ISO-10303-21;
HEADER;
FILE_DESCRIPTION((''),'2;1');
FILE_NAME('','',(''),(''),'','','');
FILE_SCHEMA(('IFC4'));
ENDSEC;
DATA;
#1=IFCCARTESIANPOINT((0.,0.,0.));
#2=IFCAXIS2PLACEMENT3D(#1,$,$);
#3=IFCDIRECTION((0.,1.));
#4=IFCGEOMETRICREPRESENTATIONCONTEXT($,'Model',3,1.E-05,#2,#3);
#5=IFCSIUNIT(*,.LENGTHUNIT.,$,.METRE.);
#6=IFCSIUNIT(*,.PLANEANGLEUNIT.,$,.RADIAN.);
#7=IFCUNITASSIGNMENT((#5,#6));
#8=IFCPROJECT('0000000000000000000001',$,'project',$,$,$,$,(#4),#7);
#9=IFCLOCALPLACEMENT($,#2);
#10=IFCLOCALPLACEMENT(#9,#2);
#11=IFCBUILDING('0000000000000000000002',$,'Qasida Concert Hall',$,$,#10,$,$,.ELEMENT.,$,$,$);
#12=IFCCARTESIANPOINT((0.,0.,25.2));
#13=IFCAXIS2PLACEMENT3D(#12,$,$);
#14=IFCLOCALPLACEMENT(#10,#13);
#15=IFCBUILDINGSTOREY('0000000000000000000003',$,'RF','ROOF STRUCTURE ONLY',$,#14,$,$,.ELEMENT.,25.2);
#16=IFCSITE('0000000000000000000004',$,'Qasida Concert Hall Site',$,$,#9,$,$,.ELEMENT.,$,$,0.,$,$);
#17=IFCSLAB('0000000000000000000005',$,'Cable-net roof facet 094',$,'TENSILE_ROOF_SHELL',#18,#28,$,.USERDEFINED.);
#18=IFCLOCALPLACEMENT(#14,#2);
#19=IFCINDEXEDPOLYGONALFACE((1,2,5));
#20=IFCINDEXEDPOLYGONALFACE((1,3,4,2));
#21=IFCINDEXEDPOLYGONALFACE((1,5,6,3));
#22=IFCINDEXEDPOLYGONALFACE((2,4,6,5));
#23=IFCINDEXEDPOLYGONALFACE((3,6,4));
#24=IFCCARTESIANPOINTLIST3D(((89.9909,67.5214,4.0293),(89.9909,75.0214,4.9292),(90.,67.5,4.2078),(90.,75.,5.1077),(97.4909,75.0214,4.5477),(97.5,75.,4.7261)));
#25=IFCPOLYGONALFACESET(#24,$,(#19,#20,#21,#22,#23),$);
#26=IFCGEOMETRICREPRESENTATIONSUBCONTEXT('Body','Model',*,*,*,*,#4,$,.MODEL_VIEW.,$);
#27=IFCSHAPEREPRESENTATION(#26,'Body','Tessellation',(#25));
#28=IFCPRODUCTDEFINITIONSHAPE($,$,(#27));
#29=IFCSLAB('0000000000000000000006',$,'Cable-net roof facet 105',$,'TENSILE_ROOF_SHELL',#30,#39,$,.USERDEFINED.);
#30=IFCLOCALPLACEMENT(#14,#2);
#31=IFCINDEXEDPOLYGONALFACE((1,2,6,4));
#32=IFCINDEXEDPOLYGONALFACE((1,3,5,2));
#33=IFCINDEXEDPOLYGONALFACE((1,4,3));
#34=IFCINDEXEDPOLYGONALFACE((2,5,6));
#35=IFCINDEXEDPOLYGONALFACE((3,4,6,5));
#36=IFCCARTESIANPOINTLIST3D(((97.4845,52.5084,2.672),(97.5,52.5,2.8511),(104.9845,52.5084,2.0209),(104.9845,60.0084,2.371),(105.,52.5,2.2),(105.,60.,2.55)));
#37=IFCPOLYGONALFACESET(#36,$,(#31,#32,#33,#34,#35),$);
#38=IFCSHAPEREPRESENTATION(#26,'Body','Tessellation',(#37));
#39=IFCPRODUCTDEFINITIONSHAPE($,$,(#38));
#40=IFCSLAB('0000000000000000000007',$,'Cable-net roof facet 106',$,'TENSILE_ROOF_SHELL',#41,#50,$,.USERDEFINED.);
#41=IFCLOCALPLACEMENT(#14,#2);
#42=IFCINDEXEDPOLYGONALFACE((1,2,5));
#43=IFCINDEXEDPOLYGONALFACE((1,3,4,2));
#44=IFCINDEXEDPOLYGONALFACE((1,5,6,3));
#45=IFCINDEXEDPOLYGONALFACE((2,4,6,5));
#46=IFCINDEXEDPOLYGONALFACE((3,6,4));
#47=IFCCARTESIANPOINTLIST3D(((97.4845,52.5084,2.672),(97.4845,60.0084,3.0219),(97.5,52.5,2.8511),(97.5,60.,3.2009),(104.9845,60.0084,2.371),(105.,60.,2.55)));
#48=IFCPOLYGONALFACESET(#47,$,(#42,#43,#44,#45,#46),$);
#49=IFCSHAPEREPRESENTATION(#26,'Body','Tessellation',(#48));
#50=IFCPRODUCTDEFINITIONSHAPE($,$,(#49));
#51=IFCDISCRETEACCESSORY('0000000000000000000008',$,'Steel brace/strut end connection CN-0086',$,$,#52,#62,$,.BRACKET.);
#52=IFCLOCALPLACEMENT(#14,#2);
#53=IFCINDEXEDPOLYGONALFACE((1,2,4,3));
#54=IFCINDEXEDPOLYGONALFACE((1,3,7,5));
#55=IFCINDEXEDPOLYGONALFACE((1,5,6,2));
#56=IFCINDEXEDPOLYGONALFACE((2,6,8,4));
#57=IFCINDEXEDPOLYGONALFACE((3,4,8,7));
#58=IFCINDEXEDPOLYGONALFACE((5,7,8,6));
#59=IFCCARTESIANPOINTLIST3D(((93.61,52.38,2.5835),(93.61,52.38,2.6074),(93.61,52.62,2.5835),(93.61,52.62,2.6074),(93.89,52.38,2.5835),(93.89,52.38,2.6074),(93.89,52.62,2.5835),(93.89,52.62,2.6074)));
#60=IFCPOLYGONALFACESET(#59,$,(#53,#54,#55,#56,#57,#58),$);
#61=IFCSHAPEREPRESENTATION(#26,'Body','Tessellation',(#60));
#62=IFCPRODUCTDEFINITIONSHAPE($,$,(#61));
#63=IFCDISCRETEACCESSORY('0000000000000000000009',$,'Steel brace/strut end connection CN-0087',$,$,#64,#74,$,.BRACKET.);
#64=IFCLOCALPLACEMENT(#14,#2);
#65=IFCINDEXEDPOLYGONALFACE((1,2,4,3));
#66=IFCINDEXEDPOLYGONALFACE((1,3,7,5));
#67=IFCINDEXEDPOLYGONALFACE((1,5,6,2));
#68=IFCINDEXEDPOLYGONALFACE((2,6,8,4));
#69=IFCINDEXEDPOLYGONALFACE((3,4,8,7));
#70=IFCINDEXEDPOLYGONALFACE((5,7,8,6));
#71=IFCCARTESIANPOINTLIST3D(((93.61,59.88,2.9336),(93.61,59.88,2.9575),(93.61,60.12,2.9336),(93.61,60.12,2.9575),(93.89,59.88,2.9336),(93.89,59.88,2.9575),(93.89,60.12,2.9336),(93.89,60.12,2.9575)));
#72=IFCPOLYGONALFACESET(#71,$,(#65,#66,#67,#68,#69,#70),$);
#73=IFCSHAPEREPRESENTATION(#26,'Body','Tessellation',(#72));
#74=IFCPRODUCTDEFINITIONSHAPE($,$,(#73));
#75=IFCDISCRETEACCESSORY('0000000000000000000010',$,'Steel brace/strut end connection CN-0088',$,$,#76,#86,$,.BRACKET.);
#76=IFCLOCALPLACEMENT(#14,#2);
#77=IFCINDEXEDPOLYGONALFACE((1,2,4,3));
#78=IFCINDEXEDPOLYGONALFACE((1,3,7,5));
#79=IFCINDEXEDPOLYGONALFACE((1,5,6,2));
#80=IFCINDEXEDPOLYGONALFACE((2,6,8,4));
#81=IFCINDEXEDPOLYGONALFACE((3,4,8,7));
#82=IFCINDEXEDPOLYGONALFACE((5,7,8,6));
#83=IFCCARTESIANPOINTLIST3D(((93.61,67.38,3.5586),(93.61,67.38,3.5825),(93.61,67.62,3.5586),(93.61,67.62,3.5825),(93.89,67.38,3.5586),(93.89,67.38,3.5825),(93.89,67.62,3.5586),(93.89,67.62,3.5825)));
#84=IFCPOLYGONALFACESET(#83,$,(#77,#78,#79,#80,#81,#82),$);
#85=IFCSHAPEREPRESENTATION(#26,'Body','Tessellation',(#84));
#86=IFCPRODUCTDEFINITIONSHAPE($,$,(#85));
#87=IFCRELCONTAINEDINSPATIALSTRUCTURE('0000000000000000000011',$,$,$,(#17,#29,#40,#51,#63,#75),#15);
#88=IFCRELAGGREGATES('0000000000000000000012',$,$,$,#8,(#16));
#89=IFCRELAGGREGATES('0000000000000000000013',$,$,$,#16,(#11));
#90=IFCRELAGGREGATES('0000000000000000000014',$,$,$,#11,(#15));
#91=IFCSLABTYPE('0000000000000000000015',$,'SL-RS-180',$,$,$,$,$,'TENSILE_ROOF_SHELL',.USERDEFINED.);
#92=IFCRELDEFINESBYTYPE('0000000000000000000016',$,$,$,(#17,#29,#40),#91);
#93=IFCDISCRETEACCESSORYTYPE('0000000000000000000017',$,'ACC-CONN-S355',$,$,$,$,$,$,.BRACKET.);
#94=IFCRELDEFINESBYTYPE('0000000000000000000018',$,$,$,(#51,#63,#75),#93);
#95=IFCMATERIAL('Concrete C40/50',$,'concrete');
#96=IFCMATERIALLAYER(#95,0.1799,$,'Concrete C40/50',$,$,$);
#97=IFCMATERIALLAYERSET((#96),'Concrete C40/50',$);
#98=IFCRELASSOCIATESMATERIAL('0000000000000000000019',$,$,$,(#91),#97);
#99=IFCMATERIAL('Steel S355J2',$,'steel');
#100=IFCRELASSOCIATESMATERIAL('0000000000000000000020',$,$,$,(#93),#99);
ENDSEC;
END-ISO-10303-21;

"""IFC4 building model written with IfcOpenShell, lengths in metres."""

from ifc_helpers import new_model, si_unit, direction, frame, origin, origin_2d, place, context, subcontext, project, spatial, polyline, rectangle, outline, extrude, material, layer, layer_set, type_object, element, save


model = new_model("IFC4")

# Units and contexts
model_context = context("Model", 3, precision=1e-05, world=origin(), true_north=direction((0.0, 1.0)))
body_context = subcontext(model_context, "Body", "Model", "MODEL_VIEW")
ifc_project = project(units=[si_unit("LENGTHUNIT", "METRE"), si_unit("PLANEANGLEUNIT", "RADIAN")], contexts=[model_context])

# Site, building, storey
site_placement = place(None, origin())
site = spatial("IfcSite", under=ifc_project, at=site_placement, Name="Qasida Concert Hall Site", CompositionType="ELEMENT", RefElevation=0.0)
building_placement = place(site_placement, origin())
building = spatial("IfcBuilding", under=site, at=building_placement, Name="Qasida Concert Hall", CompositionType="ELEMENT")
storey_placement = place(building_placement, frame((0.0, 0.0, 25.2)))
storey = spatial("IfcBuildingStorey", under=building, at=storey_placement, Name="RF", Description="ROOF STRUCTURE ONLY", CompositionType="ELEMENT", Elevation=25.2)

# Shared definitions
ifc_material_1 = material(Name="Steel S355J2", Category="steel")

# Slabs
ifc_material_2 = material(Name="Concrete C40/50", Category="concrete")
ifc_layer_1 = layer(ifc_material_2, 0.1799, Name="Concrete C40/50")
ifc_layer_set_1 = layer_set([ifc_layer_1], Name="Concrete C40/50")
slab_type = type_object("IfcSlabType", Name="SL-RS-180", ElementType="TENSILE_ROOF_SHELL", PredefinedType="USERDEFINED", material=ifc_layer_set_1)
slab_1_placement = place(storey_placement, frame((90.0, 67.5, 4.2078), z_axis=(0.050452, -0.118981, 0.991614), x_axis=(0.706264, 0.706264, 0.048809)))
element("IfcSlab", 1, at=slab_1_placement, inside=storey, type_object=slab_type, Name="Cable-net roof facet 094", ObjectType="TENSILE_ROOF_SHELL", PredefinedType="USERDEFINED", context=body_context, shape_type="SweptSolid", body=[
    extrude(outline(polyline([(0.0, 0.0), (10.6193, 0.0), (5.3409, 5.3418), (0.0, 0.0)])), origin(), (0.0, 0.0, -1.0), 0.1799),
])
slab_2_placement = place(storey_placement, frame((97.5, 52.5, 2.8511), z_axis=(0.086398, -0.046455, 0.995177), x_axis=(0.996253, 0.0, -0.086491)))
element("IfcSlab", 2, at=slab_2_placement, inside=storey, type_object=slab_type, Name="Cable-net roof facet 105", ObjectType="TENSILE_ROOF_SHELL", PredefinedType="USERDEFINED", context=body_context, shape_type="SweptSolid", body=[
    extrude(outline(polyline([(0.0, 0.0), (7.5282, 0.0), (7.4979, 7.5081), (0.0, 0.0)])), origin(), (0.0, 0.0, -1.0), 0.1799),
])
slab_3_placement = place(storey_placement, frame((97.5, 52.5, 2.8511), z_axis=(0.086366, -0.046422, 0.995181), x_axis=(0.706822, 0.706822, -0.02837)))
element("IfcSlab", 3, at=slab_3_placement, inside=storey, type_object=slab_type, Name="Cable-net roof facet 106", ObjectType="TENSILE_ROOF_SHELL", PredefinedType="USERDEFINED", context=body_context, shape_type="SweptSolid", body=[
    extrude(outline(polyline([(0.0, 0.0), (10.6109, 0.0), (5.2912, 5.3268), (0.0, 0.0)])), origin(), (0.0, 0.0, -1.0), 0.1799),
])

# Discrete accessories
discrete_accessory_type = type_object("IfcDiscreteAccessoryType", Name="ACC-CONN-S355", PredefinedType="BRACKET", material=ifc_material_1)
for number, where, z_axis, x_axis, name in (
    (4, (93.75, 52.5, 2.5835), (0.0, 0.0, 1.0), (1.0, 0.0, 0.0), "Steel brace/strut end connection CN-0086"),
    (5, (93.75, 60.0, 2.9336), (0.0, 0.0, 1.0), (1.0, 0.0, 0.0), "Steel brace/strut end connection CN-0087"),
    (6, (93.75, 67.5, 3.5586), (0.0, 0.0, 1.0), (1.0, 0.0, 0.0), "Steel brace/strut end connection CN-0088"),
):
    element("IfcDiscreteAccessory", number, at=place(storey_placement, frame(where, z_axis=z_axis, x_axis=x_axis)), inside=storey, type_object=discrete_accessory_type, Name=name, PredefinedType="BRACKET", context=body_context, shape_type="SweptSolid", body=[
        extrude(rectangle(XDim=0.28, YDim=0.24, at=origin_2d()), origin(), (0.0, 0.0, 1.0), 0.0239),
    ])

save(model, "model.ifc")
